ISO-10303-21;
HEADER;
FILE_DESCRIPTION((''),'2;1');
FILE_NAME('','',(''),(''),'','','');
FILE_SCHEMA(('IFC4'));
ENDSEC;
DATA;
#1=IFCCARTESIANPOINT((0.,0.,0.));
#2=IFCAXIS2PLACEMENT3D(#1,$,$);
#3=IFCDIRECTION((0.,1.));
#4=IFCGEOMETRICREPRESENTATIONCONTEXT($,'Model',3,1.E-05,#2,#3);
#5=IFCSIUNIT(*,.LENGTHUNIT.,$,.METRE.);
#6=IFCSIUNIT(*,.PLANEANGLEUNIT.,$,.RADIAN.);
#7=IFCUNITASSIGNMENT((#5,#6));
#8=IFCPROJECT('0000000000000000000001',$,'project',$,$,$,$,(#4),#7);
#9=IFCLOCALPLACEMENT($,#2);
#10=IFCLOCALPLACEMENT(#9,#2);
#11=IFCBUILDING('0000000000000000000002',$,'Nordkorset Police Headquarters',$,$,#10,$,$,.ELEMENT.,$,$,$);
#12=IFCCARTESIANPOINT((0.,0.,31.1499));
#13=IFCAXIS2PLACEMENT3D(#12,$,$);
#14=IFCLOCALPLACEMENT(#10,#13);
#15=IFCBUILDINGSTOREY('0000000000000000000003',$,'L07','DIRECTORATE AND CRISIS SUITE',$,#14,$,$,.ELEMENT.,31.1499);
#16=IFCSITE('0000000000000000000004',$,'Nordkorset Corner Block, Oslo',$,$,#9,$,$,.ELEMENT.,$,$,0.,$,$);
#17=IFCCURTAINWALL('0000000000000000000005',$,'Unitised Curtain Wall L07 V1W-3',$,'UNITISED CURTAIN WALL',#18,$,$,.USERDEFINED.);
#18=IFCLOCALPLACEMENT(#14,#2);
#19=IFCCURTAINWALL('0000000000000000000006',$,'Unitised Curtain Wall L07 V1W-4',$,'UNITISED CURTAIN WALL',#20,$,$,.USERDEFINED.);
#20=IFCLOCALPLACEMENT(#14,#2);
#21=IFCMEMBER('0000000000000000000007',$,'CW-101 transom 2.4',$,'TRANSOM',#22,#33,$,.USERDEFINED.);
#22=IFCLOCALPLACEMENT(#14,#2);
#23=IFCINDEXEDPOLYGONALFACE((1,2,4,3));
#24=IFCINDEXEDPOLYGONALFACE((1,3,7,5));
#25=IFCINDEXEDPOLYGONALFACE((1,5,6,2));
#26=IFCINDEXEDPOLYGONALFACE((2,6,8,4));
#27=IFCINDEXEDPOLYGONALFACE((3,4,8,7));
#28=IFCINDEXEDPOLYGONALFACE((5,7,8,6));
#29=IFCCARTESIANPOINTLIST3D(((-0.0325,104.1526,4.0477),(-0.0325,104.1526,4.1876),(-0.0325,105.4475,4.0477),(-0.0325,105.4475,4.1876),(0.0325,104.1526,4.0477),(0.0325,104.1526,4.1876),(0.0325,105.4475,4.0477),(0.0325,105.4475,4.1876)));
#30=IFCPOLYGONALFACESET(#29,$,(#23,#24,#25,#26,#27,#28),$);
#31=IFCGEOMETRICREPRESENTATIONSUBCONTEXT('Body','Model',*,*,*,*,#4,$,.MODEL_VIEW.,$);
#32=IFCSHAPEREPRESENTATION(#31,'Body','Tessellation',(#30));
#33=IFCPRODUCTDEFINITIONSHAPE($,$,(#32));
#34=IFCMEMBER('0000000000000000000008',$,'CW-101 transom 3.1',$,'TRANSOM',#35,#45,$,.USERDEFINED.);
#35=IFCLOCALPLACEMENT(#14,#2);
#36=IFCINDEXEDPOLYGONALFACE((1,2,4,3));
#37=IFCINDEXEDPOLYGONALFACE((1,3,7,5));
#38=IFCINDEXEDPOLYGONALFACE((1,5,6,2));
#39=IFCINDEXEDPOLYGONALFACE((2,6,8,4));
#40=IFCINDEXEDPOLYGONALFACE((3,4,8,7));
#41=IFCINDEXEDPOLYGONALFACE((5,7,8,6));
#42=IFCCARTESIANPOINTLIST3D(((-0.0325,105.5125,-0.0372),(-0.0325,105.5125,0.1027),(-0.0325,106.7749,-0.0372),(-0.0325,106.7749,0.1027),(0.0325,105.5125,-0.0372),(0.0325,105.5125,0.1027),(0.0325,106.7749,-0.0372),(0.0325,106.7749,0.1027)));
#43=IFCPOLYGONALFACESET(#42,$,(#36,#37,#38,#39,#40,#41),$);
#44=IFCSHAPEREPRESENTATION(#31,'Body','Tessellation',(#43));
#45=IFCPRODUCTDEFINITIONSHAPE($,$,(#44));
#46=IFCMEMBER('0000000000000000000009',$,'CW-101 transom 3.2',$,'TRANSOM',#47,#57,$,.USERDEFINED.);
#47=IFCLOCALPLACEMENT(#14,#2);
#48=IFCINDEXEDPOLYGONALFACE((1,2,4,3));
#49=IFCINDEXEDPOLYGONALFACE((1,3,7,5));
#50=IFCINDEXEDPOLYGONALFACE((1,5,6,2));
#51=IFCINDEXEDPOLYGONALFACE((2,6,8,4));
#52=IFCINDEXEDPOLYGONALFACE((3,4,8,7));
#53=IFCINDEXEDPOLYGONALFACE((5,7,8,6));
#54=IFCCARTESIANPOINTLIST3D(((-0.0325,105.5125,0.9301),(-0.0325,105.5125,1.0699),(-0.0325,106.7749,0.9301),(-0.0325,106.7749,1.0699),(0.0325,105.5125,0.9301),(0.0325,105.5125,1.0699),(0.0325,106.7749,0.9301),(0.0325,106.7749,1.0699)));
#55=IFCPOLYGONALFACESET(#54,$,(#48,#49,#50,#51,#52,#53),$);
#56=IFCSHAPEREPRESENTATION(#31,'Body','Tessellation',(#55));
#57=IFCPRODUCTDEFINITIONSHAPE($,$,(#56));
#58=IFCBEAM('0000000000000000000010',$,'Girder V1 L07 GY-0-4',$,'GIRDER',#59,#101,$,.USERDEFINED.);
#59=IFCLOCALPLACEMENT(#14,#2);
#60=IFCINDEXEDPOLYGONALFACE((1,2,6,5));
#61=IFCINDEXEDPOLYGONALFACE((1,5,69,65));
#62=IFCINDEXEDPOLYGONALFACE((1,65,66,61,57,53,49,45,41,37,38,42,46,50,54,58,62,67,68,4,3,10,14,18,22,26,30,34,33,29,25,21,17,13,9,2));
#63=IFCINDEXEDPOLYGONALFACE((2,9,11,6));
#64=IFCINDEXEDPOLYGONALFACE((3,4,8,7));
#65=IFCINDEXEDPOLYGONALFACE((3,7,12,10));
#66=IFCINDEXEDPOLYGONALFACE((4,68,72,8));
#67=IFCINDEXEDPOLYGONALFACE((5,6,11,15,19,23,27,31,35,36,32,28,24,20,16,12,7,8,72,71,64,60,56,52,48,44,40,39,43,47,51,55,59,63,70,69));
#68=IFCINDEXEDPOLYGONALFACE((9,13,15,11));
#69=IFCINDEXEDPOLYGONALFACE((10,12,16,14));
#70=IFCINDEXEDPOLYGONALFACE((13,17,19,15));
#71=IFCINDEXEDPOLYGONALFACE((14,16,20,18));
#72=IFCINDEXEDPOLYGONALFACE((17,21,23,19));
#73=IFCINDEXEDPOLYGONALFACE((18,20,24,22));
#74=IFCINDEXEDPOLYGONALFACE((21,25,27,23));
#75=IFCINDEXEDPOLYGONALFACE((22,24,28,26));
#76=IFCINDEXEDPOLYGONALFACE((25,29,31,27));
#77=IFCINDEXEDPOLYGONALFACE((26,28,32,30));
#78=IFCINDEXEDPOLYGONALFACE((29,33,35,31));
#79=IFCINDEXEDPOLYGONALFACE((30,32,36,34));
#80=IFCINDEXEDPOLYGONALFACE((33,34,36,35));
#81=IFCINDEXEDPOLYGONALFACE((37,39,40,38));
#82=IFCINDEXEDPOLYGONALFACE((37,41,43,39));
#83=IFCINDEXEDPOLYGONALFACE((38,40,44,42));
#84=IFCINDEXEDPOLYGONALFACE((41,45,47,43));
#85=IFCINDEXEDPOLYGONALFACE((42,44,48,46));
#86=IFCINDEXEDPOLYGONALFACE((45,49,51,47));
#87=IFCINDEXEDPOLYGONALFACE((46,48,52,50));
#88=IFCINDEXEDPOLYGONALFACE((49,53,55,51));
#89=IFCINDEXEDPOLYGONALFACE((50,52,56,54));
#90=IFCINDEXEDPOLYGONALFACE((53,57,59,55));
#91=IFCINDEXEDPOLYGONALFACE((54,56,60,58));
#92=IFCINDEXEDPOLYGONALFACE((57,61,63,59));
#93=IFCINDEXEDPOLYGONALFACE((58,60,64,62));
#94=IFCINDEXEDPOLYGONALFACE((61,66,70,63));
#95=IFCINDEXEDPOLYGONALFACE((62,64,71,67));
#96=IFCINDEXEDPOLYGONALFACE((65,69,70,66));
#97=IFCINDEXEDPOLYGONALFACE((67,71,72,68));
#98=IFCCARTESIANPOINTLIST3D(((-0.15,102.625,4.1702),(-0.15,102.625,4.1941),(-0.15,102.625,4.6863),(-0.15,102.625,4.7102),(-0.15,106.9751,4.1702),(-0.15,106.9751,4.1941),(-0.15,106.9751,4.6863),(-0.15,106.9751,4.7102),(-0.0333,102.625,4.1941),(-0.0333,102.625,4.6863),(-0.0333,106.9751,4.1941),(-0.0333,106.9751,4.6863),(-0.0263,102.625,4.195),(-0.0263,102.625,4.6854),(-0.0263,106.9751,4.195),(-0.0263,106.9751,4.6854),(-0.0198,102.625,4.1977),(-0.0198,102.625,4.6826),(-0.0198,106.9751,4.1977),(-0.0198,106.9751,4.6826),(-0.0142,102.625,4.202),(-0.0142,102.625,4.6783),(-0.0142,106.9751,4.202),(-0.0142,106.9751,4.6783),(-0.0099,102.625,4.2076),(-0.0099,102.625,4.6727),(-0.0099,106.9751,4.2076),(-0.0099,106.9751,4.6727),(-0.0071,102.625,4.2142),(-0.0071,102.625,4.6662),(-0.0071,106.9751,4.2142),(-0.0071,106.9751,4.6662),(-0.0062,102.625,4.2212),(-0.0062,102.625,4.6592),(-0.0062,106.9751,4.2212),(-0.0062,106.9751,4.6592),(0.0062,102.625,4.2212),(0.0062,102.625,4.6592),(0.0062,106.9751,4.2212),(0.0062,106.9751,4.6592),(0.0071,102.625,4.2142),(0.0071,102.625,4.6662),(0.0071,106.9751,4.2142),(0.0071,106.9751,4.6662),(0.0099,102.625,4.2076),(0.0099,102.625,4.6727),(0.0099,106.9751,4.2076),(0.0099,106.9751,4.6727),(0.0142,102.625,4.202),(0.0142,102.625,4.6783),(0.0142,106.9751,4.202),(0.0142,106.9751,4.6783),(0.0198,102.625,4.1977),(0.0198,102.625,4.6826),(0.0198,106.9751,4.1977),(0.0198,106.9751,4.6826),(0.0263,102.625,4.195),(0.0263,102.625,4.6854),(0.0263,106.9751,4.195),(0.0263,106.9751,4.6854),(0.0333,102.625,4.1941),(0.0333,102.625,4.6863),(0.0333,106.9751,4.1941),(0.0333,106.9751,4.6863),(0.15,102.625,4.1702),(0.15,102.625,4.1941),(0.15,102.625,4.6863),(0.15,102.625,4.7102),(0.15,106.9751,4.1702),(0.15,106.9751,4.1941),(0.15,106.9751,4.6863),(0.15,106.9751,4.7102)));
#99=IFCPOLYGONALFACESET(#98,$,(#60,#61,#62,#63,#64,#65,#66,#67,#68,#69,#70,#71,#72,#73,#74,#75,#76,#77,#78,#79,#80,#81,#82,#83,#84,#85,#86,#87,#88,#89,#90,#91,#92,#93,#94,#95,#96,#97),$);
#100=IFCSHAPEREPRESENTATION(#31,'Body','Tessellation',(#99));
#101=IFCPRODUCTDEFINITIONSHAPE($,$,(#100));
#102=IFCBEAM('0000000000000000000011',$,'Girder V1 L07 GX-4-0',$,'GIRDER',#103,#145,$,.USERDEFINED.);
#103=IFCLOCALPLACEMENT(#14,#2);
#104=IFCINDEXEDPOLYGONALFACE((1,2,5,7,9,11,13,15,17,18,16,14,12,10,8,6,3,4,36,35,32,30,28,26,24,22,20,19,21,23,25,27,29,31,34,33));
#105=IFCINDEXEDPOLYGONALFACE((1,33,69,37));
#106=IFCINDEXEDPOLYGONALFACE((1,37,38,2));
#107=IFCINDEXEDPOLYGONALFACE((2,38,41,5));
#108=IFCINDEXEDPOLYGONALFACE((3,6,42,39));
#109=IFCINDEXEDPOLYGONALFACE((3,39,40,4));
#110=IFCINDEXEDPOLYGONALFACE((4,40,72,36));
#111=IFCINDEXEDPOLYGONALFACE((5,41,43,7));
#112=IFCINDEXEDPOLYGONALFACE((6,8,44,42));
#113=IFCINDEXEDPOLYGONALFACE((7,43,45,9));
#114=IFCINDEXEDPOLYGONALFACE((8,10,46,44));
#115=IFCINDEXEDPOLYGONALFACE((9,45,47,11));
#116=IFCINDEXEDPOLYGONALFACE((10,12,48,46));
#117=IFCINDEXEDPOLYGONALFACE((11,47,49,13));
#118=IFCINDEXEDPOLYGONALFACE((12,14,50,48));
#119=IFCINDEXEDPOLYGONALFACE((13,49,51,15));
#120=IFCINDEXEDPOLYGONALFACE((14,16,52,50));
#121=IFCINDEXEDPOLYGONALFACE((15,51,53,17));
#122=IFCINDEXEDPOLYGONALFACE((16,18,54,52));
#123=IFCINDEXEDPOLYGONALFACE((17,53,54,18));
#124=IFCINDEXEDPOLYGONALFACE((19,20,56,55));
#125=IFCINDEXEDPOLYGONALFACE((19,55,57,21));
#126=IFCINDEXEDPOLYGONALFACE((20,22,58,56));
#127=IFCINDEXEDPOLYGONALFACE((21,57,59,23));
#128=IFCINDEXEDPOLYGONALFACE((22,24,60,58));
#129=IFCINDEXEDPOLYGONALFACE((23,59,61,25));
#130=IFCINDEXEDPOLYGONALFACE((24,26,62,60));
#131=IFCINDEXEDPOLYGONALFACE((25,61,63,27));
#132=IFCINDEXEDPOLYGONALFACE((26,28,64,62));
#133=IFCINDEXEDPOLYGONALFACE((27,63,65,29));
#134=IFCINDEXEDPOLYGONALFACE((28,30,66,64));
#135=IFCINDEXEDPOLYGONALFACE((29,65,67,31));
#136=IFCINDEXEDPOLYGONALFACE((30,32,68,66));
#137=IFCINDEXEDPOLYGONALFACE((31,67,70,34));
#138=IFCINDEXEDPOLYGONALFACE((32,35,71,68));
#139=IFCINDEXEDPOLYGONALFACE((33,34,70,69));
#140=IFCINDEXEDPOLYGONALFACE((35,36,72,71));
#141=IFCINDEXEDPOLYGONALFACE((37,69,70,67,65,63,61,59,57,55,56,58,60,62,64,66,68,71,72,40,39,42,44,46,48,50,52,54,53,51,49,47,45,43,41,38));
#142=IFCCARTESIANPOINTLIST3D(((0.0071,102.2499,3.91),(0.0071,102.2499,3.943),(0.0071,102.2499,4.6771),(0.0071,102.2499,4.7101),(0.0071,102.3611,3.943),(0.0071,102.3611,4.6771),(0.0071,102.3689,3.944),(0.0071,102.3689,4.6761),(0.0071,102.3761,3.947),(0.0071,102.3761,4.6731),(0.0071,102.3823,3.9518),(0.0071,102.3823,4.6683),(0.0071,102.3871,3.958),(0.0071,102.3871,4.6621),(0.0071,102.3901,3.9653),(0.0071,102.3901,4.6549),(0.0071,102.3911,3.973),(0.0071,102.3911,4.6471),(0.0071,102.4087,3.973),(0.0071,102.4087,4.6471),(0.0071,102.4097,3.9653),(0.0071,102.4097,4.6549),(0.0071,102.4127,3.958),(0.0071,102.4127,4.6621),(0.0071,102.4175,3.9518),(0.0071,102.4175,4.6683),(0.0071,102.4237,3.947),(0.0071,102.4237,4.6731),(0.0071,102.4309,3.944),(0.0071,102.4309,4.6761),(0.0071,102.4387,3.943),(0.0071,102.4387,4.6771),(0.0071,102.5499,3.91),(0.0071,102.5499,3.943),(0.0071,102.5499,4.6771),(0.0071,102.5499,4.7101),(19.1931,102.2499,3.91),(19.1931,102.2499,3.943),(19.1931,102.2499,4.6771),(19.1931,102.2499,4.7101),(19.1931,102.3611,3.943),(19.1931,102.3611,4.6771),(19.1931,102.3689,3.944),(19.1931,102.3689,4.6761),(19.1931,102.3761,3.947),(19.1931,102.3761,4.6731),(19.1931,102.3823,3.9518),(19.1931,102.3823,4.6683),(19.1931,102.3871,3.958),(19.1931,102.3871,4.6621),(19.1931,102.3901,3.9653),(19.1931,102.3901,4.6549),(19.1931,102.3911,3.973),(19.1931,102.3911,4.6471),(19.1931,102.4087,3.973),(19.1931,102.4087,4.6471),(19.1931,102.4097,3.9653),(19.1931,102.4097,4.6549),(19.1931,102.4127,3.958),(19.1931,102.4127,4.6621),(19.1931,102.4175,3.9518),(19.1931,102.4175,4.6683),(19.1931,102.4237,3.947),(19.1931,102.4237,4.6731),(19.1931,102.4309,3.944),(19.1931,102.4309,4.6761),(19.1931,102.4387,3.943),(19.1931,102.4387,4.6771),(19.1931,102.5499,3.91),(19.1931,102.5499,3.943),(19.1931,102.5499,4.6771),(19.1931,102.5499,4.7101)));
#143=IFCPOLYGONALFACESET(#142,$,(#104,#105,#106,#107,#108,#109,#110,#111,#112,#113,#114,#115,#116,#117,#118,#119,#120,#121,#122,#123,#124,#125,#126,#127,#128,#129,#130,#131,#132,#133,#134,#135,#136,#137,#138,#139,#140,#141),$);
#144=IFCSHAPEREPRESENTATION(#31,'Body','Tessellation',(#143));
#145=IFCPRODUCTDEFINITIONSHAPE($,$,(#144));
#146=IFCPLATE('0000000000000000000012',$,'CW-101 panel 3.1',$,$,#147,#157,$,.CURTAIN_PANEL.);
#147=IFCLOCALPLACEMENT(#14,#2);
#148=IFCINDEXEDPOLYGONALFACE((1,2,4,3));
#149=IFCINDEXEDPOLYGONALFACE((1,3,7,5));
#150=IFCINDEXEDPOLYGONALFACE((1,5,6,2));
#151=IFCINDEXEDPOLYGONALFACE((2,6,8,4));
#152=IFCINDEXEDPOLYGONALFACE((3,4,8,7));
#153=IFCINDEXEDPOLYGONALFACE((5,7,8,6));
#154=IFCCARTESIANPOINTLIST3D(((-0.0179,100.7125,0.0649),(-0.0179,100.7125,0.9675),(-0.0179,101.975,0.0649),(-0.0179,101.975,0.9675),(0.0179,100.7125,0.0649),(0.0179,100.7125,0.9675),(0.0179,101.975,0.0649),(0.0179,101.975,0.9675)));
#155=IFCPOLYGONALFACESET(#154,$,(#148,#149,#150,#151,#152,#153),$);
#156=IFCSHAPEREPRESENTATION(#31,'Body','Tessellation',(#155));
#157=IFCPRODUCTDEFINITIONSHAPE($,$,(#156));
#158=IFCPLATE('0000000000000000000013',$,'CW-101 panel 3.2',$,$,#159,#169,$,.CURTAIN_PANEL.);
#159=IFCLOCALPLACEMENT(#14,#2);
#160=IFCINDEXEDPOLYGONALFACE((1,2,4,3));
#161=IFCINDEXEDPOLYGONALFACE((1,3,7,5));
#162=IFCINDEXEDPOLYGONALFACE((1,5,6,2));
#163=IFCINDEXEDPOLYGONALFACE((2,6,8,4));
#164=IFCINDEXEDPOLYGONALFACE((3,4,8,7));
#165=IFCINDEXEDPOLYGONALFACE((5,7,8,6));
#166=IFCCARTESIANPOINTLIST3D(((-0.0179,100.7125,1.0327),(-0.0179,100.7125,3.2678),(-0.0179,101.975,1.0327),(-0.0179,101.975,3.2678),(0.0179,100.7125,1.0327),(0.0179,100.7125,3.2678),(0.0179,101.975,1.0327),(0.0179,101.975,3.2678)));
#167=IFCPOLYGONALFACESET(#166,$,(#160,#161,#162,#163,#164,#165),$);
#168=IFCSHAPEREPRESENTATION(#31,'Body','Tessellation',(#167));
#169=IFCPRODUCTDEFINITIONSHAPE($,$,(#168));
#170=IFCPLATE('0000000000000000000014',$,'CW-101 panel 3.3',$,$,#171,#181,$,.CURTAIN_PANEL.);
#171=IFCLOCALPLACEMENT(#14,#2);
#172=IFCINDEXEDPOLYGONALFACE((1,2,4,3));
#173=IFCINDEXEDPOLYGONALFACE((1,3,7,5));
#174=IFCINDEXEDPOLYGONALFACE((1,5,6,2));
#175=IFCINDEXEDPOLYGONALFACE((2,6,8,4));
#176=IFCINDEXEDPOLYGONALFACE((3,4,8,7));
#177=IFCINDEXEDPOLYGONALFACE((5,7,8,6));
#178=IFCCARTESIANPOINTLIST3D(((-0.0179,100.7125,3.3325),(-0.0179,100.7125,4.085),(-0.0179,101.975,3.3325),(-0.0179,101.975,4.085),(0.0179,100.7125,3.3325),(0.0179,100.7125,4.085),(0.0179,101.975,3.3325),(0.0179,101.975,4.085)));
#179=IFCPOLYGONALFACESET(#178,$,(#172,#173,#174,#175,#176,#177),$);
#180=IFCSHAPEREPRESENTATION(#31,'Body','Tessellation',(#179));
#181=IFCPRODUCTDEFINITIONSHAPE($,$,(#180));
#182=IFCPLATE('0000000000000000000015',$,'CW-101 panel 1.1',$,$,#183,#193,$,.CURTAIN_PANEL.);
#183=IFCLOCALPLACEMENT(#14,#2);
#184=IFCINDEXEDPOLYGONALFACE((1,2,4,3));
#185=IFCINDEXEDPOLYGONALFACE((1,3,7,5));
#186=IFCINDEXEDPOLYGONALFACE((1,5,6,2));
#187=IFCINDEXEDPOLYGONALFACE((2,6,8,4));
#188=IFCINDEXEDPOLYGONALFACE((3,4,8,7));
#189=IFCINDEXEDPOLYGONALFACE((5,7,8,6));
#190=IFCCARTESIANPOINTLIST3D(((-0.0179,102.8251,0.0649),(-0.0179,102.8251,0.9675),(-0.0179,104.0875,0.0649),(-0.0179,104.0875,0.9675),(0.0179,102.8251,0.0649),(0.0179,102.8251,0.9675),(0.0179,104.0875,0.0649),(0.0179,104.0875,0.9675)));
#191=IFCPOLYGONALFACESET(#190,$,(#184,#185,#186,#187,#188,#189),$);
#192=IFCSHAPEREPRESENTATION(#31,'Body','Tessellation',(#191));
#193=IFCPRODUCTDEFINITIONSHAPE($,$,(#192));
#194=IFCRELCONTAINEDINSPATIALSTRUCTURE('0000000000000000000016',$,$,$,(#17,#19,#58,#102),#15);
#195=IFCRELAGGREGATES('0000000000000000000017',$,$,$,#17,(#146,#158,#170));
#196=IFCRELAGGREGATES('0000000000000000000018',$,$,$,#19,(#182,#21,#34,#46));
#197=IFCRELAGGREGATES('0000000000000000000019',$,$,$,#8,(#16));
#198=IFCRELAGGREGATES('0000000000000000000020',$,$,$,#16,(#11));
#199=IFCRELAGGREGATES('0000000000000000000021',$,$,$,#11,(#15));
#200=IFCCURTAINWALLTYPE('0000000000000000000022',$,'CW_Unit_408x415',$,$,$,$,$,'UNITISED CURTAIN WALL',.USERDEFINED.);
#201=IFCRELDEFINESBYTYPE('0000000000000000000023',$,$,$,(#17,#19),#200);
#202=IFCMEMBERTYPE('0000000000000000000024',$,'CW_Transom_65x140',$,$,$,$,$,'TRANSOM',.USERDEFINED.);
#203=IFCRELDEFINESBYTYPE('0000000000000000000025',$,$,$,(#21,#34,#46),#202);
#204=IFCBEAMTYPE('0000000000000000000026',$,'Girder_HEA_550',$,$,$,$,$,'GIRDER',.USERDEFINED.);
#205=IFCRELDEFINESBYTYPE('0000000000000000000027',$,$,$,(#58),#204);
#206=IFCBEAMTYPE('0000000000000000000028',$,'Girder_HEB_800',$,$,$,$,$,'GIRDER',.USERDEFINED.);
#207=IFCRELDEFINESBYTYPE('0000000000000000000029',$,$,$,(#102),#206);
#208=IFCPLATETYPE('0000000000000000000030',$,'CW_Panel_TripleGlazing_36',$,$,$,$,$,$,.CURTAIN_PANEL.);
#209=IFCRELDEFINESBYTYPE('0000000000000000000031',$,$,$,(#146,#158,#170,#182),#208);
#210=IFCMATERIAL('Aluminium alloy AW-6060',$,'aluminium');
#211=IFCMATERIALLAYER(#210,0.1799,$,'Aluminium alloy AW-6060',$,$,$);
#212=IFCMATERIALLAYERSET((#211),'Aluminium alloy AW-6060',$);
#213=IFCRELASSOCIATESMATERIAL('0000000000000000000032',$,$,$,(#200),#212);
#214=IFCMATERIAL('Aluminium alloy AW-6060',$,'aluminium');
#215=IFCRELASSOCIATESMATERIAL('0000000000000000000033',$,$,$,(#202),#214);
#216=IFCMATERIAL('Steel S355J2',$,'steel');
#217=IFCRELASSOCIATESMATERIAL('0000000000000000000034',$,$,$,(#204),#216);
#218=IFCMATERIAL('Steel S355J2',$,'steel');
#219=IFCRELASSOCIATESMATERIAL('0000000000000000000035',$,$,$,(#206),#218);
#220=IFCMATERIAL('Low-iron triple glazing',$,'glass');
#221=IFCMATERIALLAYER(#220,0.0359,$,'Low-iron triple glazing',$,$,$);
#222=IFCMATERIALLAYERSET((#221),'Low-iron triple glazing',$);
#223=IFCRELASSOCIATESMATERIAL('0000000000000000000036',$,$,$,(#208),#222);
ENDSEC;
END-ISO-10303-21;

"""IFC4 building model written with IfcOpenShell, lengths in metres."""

from ifc_helpers import new_model, si_unit, direction, frame, origin, origin_2d, place, context, subcontext, project, spatial, rectangle, i_section, extrude, material, layer, layer_set, material_profile, profile_set, type_object, element, aggregate, save


model = new_model("IFC4")

# Units and contexts
model_context = context("Model", 3, precision=1e-05, world=origin(), true_north=direction((0.0, 1.0)))
body_context = subcontext(model_context, "Body", "Model", "MODEL_VIEW")
ifc_project = project(units=[si_unit("LENGTHUNIT", "METRE"), si_unit("PLANEANGLEUNIT", "RADIAN")], contexts=[model_context])

# Site, building, storey
site_placement = place(None, origin())
site = spatial("IfcSite", under=ifc_project, at=site_placement, Name="Nordkorset Corner Block, Oslo", CompositionType="ELEMENT", RefElevation=0.0)
building_placement = place(site_placement, origin())
building = spatial("IfcBuilding", under=site, at=building_placement, Name="Nordkorset Police Headquarters", CompositionType="ELEMENT")
storey_placement = place(building_placement, frame((0.0, 0.0, 31.1499)))
storey = spatial("IfcBuildingStorey", under=building, at=storey_placement, Name="L07", Description="DIRECTORATE AND CRISIS SUITE", CompositionType="ELEMENT", Elevation=31.1499)

# Curtain wall
ifc_material_1 = material(Name="Aluminium alloy AW-6060", Category="aluminium")
ifc_layer_1 = layer(ifc_material_1, 0.1799, Name="Aluminium alloy AW-6060")
ifc_layer_set_1 = layer_set([ifc_layer_1], Name="Aluminium alloy AW-6060")
curtain_wall_type = type_object("IfcCurtainWallType", Name="CW_Unit_408x415", ElementType="UNITISED CURTAIN WALL", PredefinedType="USERDEFINED", material=ifc_layer_set_1)
curtain_wall_1_placement = place(storey_placement, origin())
curtain_wall_1 = element("IfcCurtainWall", 1, at=curtain_wall_1_placement, inside=storey, type_object=curtain_wall_type, Name="Unitised Curtain Wall L07 V1W-3", ObjectType="UNITISED CURTAIN WALL", PredefinedType="USERDEFINED")

# Curtain wall, members
curtain_wall_2_placement = place(storey_placement, origin())
curtain_wall_2 = element("IfcCurtainWall", 2, at=curtain_wall_2_placement, inside=storey, type_object=curtain_wall_type, Name="Unitised Curtain Wall L07 V1W-4", ObjectType="UNITISED CURTAIN WALL", PredefinedType="USERDEFINED")
ifc_material_2 = material(Name="Aluminium alloy AW-6060", Category="aluminium")
ifc_material_profile_1 = material_profile(ifc_material_2, rectangle(XDim=0.0649, YDim=0.1399, at=origin_2d()), Name="ALU TRAN 65x140")
ifc_profile_set_1 = profile_set([ifc_material_profile_1], Name="Aluminium alloy AW-6060")
member_type_1 = type_object("IfcMemberType", Name="CW_Transom_65x140", ElementType="TRANSOM", PredefinedType="USERDEFINED", material=ifc_profile_set_1)
member_1_placement = place(storey_placement, frame((0.0, 104.1526, 4.1177), z_axis=(0.0, 1.0, 0.0), x_axis=(-1.0, 0.0, 0.0)))
member_1 = element("IfcMember", 3, at=member_1_placement, type_object=member_type_1, Name="CW-101 transom 2.4", ObjectType="TRANSOM", PredefinedType="USERDEFINED", context=body_context, shape_type="SweptSolid", body=[
    extrude(rectangle(XDim=0.0649, YDim=0.1399, at=origin_2d()), origin(), (0.0, 0.0, 1.0), 1.2949),
])
member_2_placement = place(storey_placement, frame((0.0, 105.5125, 0.0327), z_axis=(0.0, 1.0, 0.0), x_axis=(-1.0, 0.0, 0.0)))
member_2 = element("IfcMember", 4, at=member_2_placement, type_object=member_type_1, Name="CW-101 transom 3.1", ObjectType="TRANSOM", PredefinedType="USERDEFINED", context=body_context, shape_type="SweptSolid", body=[
    extrude(rectangle(XDim=0.0649, YDim=0.1399, at=origin_2d()), origin(), (0.0, 0.0, 1.0), 1.2625),
])
member_3_placement = place(storey_placement, frame((0.0, 105.5125, 1.0), z_axis=(0.0, 1.0, 0.0), x_axis=(-1.0, 0.0, 0.0)))
member_3 = element("IfcMember", 5, at=member_3_placement, type_object=member_type_1, Name="CW-101 transom 3.2", ObjectType="TRANSOM", PredefinedType="USERDEFINED", context=body_context, shape_type="SweptSolid", body=[
    extrude(rectangle(XDim=0.0649, YDim=0.1399, at=origin_2d()), origin(), (0.0, 0.0, 1.0), 1.2625),
])

# Beams
ifc_material_3 = material(Name="Steel S355J2", Category="steel")
ifc_material_profile_2 = material_profile(ifc_material_3, i_section(OverallWidth=0.3, OverallDepth=0.54, WebThickness=0.0125, FlangeThickness=0.0239, FilletRadius=0.0271, at=origin_2d()), Name="HEA 550")
ifc_profile_set_2 = profile_set([ifc_material_profile_2], Name="Steel S355J2")
beam_type_1 = type_object("IfcBeamType", Name="Girder_HEA_550", ElementType="GIRDER", PredefinedType="USERDEFINED", material=ifc_profile_set_2)
beam_1_placement = place(storey_placement, frame((0.0, 102.625, 4.4402), z_axis=(0.0, 1.0, 0.0), x_axis=(-1.0, 0.0, 0.0)))
element("IfcBeam", 6, at=beam_1_placement, inside=storey, type_object=beam_type_1, Name="Girder V1 L07 GY-0-4", ObjectType="GIRDER", PredefinedType="USERDEFINED", context=body_context, shape_type="SweptSolid", body=[
    extrude(i_section(OverallWidth=0.3, OverallDepth=0.54, WebThickness=0.0125, FlangeThickness=0.0239, FilletRadius=0.0271, at=origin_2d()), origin(), (0.0, 0.0, 1.0), 4.3501),
])
ifc_material_4 = material(Name="Steel S355J2", Category="steel")
ifc_material_profile_3 = material_profile(ifc_material_4, i_section(OverallWidth=0.3, OverallDepth=0.8, WebThickness=0.0176, FlangeThickness=0.033, FilletRadius=0.03, at=origin_2d()), Name="HEB 800")
ifc_profile_set_3 = profile_set([ifc_material_profile_3], Name="Steel S355J2")
beam_type_2 = type_object("IfcBeamType", Name="Girder_HEB_800", ElementType="GIRDER", PredefinedType="USERDEFINED", material=ifc_profile_set_3)
beam_2_placement = place(storey_placement, frame((0.0071, 102.3999, 4.3101), z_axis=(1.0, 0.0, 0.0), x_axis=(0.0, 1.0, 0.0)))
element("IfcBeam", 7, at=beam_2_placement, inside=storey, type_object=beam_type_2, Name="Girder V1 L07 GX-4-0", ObjectType="GIRDER", PredefinedType="USERDEFINED", context=body_context, shape_type="SweptSolid", body=[
    extrude(i_section(OverallWidth=0.3, OverallDepth=0.8, WebThickness=0.0176, FlangeThickness=0.033, FilletRadius=0.03, at=origin_2d()), origin(), (0.0, 0.0, 1.0), 19.186),
])

# Plates
ifc_material_5 = material(Name="Low-iron triple glazing", Category="glass")
ifc_layer_2 = layer(ifc_material_5, 0.0359, Name="Low-iron triple glazing")
ifc_layer_set_2 = layer_set([ifc_layer_2], Name="Low-iron triple glazing")
plate_type = type_object("IfcPlateType", Name="CW_Panel_TripleGlazing_36", PredefinedType="CURTAIN_PANEL", material=ifc_layer_set_2)
plate_1_placement = place(storey_placement, frame((0.0, 101.3438, 0.0649), z_axis=(0.0, 0.0, 1.0), x_axis=(0.0, 1.0, 0.0)))
plate_1 = element("IfcPlate", 8, at=plate_1_placement, type_object=plate_type, Name="CW-101 panel 3.1", PredefinedType="CURTAIN_PANEL", context=body_context, shape_type="SweptSolid", body=[
    extrude(rectangle(XDim=1.2625, YDim=0.0359, at=origin_2d()), origin(), (0.0, 0.0, 1.0), 0.9026),
])
plate_2_placement = place(storey_placement, frame((0.0, 101.3438, 1.0327), z_axis=(0.0, 0.0, 1.0), x_axis=(0.0, 1.0, 0.0)))
plate_2 = element("IfcPlate", 9, at=plate_2_placement, type_object=plate_type, Name="CW-101 panel 3.2", PredefinedType="CURTAIN_PANEL", context=body_context, shape_type="SweptSolid", body=[
    extrude(rectangle(XDim=1.2625, YDim=0.0359, at=origin_2d()), origin(), (0.0, 0.0, 1.0), 2.2351),
])
plate_3_placement = place(storey_placement, frame((0.0, 101.3438, 3.3325), z_axis=(0.0, 0.0, 1.0), x_axis=(0.0, 1.0, 0.0)))
plate_3 = element("IfcPlate", 10, at=plate_3_placement, type_object=plate_type, Name="CW-101 panel 3.3", PredefinedType="CURTAIN_PANEL", context=body_context, shape_type="SweptSolid", body=[
    extrude(rectangle(XDim=1.2625, YDim=0.0359, at=origin_2d()), origin(), (0.0, 0.0, 1.0), 0.7524),
])
aggregate(curtain_wall_1, [plate_1, plate_2, plate_3])
plate_4_placement = place(storey_placement, frame((0.0, 103.4563, 0.0649), z_axis=(0.0, 0.0, 1.0), x_axis=(0.0, 1.0, 0.0)))
plate_4 = element("IfcPlate", 11, at=plate_4_placement, type_object=plate_type, Name="CW-101 panel 1.1", PredefinedType="CURTAIN_PANEL", context=body_context, shape_type="SweptSolid", body=[
    extrude(rectangle(XDim=1.2625, YDim=0.0359, at=origin_2d()), origin(), (0.0, 0.0, 1.0), 0.9026),
])
aggregate(curtain_wall_2, [plate_4, member_1, member_2, member_3])

save(model, "model.ifc")
